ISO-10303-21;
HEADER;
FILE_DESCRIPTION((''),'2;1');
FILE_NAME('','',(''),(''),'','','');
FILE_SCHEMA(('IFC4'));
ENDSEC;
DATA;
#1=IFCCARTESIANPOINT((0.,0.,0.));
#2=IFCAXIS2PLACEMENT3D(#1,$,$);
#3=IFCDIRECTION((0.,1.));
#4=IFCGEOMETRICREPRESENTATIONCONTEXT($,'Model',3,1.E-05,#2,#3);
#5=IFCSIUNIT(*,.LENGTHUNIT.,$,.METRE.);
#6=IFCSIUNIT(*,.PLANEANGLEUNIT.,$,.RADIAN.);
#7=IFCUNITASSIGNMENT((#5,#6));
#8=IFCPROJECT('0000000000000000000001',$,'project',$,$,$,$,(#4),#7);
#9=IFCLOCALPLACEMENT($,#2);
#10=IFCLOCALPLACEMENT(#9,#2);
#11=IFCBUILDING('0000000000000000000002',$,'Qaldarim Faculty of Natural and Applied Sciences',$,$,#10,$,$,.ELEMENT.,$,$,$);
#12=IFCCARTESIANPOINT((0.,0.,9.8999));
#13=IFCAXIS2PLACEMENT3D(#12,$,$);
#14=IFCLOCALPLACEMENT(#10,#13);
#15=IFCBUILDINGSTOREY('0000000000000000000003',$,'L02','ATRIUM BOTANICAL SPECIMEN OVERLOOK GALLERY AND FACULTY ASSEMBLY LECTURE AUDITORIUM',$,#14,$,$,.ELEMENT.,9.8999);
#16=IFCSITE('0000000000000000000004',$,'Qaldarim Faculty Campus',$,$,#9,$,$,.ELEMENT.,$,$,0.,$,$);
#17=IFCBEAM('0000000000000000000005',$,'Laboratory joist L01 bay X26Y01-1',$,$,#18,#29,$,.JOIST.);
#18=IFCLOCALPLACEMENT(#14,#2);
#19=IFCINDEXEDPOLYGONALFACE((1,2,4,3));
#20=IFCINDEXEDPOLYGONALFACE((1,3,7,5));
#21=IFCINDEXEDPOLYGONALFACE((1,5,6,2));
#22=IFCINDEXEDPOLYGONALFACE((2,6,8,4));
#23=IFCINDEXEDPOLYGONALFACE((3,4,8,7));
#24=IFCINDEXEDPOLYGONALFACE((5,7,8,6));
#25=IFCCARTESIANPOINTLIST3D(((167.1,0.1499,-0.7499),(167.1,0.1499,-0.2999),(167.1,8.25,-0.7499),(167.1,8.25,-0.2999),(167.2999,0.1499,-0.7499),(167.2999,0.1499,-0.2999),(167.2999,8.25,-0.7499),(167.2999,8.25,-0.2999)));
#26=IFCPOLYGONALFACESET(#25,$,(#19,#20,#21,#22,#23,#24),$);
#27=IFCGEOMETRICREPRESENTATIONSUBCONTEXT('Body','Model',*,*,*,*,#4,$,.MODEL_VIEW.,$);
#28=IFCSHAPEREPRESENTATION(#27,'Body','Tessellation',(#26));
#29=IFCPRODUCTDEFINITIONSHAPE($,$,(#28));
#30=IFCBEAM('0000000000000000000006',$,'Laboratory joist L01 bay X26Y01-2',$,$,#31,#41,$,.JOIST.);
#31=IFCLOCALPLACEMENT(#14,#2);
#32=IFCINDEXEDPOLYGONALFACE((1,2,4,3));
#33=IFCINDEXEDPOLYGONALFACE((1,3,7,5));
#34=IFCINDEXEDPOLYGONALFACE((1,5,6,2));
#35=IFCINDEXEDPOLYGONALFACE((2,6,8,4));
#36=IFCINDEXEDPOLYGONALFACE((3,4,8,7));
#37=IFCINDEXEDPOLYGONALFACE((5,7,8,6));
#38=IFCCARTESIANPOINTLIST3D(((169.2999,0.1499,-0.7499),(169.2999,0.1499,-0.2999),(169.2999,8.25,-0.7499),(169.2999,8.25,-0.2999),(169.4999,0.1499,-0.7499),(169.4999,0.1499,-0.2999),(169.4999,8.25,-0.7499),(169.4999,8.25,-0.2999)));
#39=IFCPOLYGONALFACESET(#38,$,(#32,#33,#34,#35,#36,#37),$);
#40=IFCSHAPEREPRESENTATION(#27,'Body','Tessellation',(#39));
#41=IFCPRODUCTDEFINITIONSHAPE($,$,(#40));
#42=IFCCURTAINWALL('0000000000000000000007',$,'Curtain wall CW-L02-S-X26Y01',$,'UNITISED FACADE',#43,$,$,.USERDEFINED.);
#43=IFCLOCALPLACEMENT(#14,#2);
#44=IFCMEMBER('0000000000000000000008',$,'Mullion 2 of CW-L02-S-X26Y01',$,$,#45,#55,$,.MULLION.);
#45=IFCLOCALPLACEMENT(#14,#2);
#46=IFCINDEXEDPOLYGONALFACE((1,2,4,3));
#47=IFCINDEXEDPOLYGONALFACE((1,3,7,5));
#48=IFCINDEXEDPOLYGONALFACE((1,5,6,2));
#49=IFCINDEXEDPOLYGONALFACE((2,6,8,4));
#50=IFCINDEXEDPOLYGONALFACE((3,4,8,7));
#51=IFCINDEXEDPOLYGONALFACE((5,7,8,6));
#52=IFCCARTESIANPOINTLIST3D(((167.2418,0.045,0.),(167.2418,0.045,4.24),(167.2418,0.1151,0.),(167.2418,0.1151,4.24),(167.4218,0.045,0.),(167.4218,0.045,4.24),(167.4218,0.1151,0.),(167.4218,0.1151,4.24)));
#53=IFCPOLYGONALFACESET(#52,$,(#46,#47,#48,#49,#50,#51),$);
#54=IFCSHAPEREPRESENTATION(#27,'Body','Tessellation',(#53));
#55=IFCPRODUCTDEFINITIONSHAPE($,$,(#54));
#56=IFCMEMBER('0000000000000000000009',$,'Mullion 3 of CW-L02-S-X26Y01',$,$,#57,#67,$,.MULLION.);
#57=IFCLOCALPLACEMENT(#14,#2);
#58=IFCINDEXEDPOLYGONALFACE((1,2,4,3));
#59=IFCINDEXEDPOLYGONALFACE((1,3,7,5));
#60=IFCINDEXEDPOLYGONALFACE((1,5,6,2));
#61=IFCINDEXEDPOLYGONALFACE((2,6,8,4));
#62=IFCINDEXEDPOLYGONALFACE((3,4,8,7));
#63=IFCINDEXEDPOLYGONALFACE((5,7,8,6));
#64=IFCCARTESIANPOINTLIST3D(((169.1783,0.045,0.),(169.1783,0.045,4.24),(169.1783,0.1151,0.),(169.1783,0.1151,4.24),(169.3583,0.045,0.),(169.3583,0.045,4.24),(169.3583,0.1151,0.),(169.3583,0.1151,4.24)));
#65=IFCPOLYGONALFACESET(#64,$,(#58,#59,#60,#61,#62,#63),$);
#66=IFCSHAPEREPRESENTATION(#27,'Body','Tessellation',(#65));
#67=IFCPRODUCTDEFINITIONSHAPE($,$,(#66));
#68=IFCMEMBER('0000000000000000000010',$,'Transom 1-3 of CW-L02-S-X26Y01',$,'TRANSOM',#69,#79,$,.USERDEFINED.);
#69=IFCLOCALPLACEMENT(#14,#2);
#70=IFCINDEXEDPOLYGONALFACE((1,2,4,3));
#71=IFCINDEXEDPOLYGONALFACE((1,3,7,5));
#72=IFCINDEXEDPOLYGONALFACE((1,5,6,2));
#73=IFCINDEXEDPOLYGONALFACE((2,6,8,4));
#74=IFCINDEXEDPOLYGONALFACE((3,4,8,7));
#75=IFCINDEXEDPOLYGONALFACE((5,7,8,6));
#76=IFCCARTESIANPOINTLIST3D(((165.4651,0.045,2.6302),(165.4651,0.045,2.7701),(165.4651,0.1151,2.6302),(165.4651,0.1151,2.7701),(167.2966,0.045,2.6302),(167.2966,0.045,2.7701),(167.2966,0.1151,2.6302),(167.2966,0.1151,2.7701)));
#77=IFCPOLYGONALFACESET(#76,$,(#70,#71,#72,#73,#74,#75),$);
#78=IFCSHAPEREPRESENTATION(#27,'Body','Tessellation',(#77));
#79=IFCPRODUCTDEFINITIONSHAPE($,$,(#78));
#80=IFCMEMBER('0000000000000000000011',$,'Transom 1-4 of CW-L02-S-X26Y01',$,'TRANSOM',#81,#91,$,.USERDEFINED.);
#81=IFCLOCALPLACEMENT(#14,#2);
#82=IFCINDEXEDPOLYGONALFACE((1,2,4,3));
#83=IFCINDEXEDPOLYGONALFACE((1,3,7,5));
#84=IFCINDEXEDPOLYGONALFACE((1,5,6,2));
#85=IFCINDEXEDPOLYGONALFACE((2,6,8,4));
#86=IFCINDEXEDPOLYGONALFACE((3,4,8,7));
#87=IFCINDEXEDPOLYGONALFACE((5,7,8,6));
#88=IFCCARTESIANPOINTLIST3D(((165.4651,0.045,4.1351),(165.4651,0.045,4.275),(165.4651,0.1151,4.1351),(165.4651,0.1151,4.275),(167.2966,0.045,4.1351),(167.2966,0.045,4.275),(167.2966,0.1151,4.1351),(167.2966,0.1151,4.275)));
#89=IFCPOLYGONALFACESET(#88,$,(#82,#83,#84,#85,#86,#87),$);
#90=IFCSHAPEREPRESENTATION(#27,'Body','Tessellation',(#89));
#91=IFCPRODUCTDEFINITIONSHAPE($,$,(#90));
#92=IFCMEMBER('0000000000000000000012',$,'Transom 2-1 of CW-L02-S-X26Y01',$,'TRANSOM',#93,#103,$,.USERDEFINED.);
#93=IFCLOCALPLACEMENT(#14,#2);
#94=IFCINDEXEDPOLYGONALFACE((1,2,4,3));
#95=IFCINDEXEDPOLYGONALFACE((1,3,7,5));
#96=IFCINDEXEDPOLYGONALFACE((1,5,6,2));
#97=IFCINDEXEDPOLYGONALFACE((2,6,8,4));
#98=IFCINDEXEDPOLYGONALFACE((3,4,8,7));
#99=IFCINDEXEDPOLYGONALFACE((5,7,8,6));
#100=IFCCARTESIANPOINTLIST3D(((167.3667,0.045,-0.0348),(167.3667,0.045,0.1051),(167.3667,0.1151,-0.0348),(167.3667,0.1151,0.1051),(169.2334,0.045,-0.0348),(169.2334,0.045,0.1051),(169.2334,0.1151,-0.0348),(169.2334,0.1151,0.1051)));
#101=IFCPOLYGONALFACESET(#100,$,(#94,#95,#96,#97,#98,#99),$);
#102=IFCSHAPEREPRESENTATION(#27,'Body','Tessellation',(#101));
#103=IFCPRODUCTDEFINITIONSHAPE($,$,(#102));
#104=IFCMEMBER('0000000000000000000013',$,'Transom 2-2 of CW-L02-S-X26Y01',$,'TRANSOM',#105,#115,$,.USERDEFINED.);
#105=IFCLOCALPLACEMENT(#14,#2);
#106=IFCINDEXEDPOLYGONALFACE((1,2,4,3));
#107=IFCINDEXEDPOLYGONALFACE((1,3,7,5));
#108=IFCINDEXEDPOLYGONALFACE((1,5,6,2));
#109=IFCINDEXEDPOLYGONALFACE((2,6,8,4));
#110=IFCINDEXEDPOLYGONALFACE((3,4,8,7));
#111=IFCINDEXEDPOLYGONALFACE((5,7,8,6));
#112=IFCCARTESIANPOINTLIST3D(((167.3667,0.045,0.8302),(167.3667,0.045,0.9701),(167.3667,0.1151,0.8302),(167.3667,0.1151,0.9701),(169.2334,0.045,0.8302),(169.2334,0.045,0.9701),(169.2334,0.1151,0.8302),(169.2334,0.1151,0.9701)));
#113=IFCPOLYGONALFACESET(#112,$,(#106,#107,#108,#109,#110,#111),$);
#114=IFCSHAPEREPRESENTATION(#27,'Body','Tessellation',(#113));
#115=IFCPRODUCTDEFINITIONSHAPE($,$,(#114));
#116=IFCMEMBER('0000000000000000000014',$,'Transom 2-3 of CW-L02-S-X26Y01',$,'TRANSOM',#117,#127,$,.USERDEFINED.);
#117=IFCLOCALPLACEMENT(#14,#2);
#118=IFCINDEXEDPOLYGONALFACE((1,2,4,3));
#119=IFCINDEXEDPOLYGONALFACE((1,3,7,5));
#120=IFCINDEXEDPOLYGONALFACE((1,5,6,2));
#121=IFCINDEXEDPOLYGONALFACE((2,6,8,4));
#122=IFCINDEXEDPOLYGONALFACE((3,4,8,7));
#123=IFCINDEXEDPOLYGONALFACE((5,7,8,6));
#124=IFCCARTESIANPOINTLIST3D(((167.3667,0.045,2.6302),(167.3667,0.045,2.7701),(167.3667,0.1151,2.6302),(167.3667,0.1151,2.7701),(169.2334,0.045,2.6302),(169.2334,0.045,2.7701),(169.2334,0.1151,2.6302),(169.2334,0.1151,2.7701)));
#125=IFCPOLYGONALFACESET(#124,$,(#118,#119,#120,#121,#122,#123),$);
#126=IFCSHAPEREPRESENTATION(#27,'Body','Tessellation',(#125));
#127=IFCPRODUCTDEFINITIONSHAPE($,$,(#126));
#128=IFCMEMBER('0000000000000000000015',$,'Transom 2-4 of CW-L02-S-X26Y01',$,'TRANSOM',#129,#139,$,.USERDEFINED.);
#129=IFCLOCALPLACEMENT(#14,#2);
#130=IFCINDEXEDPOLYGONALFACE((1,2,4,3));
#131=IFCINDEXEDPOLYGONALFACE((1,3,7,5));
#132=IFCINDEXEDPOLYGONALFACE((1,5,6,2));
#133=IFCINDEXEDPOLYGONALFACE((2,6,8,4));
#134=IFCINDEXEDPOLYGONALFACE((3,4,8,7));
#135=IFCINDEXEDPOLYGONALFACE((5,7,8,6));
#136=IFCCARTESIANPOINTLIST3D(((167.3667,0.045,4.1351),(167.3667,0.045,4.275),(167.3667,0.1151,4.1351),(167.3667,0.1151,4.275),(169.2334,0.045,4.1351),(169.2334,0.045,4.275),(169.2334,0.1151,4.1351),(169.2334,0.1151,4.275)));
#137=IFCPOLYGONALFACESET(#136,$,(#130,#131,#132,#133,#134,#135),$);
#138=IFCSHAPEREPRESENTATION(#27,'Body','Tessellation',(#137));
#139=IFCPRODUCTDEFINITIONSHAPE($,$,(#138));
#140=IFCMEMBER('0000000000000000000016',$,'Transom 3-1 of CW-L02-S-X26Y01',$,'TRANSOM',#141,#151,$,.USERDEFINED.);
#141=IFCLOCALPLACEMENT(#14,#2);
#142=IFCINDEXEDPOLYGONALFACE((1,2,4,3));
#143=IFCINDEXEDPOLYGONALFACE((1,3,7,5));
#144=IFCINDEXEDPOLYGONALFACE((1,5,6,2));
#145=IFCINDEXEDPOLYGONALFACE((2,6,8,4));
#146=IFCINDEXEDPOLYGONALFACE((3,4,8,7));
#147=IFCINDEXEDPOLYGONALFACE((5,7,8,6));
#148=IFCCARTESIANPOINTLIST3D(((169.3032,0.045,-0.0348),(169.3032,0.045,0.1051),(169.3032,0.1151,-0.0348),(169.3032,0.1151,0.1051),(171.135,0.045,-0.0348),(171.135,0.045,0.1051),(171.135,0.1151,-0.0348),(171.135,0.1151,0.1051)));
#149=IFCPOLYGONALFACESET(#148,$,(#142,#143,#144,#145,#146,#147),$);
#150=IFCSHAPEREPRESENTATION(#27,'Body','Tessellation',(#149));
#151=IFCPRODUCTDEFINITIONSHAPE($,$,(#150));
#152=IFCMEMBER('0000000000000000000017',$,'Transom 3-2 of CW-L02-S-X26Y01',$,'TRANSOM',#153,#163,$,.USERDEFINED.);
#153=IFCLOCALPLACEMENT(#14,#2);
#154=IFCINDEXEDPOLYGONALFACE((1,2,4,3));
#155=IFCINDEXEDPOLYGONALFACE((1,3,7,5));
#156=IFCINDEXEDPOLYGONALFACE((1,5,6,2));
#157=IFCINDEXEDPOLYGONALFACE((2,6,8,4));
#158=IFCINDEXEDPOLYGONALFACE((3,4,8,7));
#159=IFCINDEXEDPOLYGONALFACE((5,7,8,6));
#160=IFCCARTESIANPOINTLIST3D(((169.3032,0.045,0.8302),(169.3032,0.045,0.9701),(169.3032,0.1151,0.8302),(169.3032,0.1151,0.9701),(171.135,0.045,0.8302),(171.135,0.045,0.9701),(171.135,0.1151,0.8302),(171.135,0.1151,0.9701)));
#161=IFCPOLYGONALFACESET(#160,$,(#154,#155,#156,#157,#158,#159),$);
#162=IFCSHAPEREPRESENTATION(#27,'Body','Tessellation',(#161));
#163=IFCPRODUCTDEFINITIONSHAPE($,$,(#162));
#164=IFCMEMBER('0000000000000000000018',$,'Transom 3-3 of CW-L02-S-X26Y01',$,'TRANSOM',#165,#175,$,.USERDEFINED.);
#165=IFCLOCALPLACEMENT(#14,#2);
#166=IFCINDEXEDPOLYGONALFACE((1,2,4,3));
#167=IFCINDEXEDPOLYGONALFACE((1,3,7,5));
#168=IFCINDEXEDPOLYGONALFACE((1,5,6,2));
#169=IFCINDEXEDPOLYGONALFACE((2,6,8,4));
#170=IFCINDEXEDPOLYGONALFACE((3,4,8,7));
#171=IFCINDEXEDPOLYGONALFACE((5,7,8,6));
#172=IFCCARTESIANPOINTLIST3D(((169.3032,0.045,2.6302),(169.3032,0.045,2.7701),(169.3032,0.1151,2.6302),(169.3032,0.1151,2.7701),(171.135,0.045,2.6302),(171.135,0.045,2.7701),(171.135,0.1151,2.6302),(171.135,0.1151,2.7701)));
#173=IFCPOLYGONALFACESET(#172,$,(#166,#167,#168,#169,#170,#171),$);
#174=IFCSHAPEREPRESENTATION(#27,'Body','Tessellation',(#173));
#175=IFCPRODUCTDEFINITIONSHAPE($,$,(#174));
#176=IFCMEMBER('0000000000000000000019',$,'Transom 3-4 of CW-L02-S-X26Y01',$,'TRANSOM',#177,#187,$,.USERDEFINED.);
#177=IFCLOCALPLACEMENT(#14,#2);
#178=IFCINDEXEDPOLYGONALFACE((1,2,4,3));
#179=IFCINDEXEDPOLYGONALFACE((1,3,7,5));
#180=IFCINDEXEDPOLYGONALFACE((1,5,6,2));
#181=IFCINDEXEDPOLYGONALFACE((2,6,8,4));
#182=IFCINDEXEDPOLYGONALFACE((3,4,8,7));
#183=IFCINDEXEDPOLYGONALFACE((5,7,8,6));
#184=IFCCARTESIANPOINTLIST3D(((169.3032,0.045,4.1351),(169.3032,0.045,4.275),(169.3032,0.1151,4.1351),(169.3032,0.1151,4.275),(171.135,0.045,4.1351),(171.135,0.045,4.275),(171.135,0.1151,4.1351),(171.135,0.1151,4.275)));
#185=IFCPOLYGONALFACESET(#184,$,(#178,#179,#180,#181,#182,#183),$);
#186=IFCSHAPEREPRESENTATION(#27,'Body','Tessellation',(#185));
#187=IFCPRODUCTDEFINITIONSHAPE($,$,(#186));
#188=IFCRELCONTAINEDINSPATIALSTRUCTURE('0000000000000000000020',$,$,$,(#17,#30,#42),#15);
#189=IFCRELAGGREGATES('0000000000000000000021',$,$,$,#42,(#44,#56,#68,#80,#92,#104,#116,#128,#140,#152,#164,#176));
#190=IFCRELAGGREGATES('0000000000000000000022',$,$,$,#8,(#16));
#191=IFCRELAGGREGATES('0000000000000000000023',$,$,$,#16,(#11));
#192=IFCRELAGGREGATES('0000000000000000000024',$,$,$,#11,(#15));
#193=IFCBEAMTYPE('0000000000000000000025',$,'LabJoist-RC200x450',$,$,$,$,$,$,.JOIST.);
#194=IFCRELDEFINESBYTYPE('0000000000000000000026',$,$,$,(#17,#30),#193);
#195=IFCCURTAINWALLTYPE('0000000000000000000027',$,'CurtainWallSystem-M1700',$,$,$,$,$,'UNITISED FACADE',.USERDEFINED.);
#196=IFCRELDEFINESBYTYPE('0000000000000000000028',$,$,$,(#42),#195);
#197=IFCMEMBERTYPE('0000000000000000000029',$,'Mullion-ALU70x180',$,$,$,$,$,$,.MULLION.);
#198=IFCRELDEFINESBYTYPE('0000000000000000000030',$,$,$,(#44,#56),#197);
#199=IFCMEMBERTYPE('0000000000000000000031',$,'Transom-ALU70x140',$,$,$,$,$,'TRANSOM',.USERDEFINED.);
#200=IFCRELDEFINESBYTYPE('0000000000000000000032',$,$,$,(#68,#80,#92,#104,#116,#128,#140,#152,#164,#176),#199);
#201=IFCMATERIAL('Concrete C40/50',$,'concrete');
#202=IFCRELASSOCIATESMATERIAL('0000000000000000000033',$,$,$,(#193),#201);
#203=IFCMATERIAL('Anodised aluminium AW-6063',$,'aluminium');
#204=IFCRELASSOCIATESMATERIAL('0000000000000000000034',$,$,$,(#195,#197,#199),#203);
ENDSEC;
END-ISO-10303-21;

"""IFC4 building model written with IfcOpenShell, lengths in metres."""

from ifc_helpers import new_model, si_unit, direction, frame, origin, origin_2d, place, context, subcontext, project, spatial, rectangle, extrude, material, material_profile, profile_set, type_object, element, aggregate, save


model = new_model("IFC4")

# Units and contexts
model_context = context("Model", 3, precision=1e-05, world=origin(), true_north=direction((0.0, 1.0)))
body_context = subcontext(model_context, "Body", "Model", "MODEL_VIEW")
ifc_project = project(units=[si_unit("LENGTHUNIT", "METRE"), si_unit("PLANEANGLEUNIT", "RADIAN")], contexts=[model_context])

# Site, building, storey
site_placement = place(None, origin())
site = spatial("IfcSite", under=ifc_project, at=site_placement, Name="Qaldarim Faculty Campus", CompositionType="ELEMENT", RefElevation=0.0)
building_placement = place(site_placement, origin())
building = spatial("IfcBuilding", under=site, at=building_placement, Name="Qaldarim Faculty of Natural and Applied Sciences", CompositionType="ELEMENT")
storey_placement = place(building_placement, frame((0.0, 0.0, 9.8999)))
storey = spatial("IfcBuildingStorey", under=building, at=storey_placement, Name="L02", Description="ATRIUM BOTANICAL SPECIMEN OVERLOOK GALLERY AND FACULTY ASSEMBLY LECTURE AUDITORIUM", CompositionType="ELEMENT", Elevation=9.8999)

# Beams
ifc_material_1 = material(Name="Concrete C40/50", Category="concrete")
ifc_material_profile_1 = material_profile(ifc_material_1, rectangle(XDim=0.2, YDim=0.45, at=origin_2d()), Name="RC-J200x450")
ifc_profile_set_1 = profile_set([ifc_material_profile_1], Name="Concrete C40/50")
beam_type = type_object("IfcBeamType", Name="LabJoist-RC200x450", PredefinedType="JOIST", material=ifc_profile_set_1)
for number, where, z_axis, x_axis, name in (
    (1, (167.2, 0.1499, -0.5249), (0.0, 1.0, 0.0), (-1.0, 0.0, 0.0), "Laboratory joist L01 bay X26Y01-1"),
    (2, (169.3999, 0.1499, -0.5249), (0.0, 1.0, 0.0), (-1.0, 0.0, 0.0), "Laboratory joist L01 bay X26Y01-2"),
):
    element("IfcBeam", number, at=place(storey_placement, frame(where, z_axis=z_axis, x_axis=x_axis)), inside=storey, type_object=beam_type, Name=name, PredefinedType="JOIST", context=body_context, shape_type="SweptSolid", body=[
        extrude(rectangle(XDim=0.2, YDim=0.45, at=origin_2d()), origin(), (0.0, 0.0, 1.0), 8.1001),
    ])

# Curtain wall, members
ifc_material_2 = material(Name="Anodised aluminium AW-6063", Category="aluminium")
curtain_wall_type = type_object("IfcCurtainWallType", Name="CurtainWallSystem-M1700", ElementType="UNITISED FACADE", PredefinedType="USERDEFINED", material=ifc_material_2)
curtain_wall_placement = place(storey_placement, origin())
curtain_wall = element("IfcCurtainWall", 3, at=curtain_wall_placement, inside=storey, type_object=curtain_wall_type, Name="Curtain wall CW-L02-S-X26Y01", ObjectType="UNITISED FACADE", PredefinedType="USERDEFINED")
ifc_material_profile_2 = material_profile(ifc_material_2, rectangle(XDim=0.0701, YDim=0.1799, at=origin_2d()), Name="ALU-M70x180")
ifc_profile_set_2 = profile_set([ifc_material_profile_2], Name="Anodised aluminium AW-6063")
member_type_1 = type_object("IfcMemberType", Name="Mullion-ALU70x180", PredefinedType="MULLION", material=ifc_profile_set_2)
member_1_placement = place(storey_placement, frame((167.3318, 0.0801, 0.0), z_axis=(0.0, 0.0, 1.0), x_axis=(0.0, 1.0, 0.0)))
member_1 = element("IfcMember", 4, at=member_1_placement, type_object=member_type_1, Name="Mullion 2 of CW-L02-S-X26Y01", PredefinedType="MULLION", context=body_context, shape_type="SweptSolid", body=[
    extrude(rectangle(XDim=0.0701, YDim=0.1799, at=origin_2d()), origin(), (0.0, 0.0, 1.0), 4.24),
])
member_2_placement = place(storey_placement, frame((169.2683, 0.0801, 0.0), z_axis=(0.0, 0.0, 1.0), x_axis=(0.0, 1.0, 0.0)))
member_2 = element("IfcMember", 5, at=member_2_placement, type_object=member_type_1, Name="Mullion 3 of CW-L02-S-X26Y01", PredefinedType="MULLION", context=body_context, shape_type="SweptSolid", body=[
    extrude(rectangle(XDim=0.0701, YDim=0.1799, at=origin_2d()), origin(), (0.0, 0.0, 1.0), 4.24),
])
ifc_material_profile_3 = material_profile(ifc_material_2, rectangle(XDim=0.0701, YDim=0.1399, at=origin_2d()), Name="ALU-T70x140")
ifc_profile_set_3 = profile_set([ifc_material_profile_3], Name="Anodised aluminium AW-6063")
member_type_2 = type_object("IfcMemberType", Name="Transom-ALU70x140", ElementType="TRANSOM", PredefinedType="USERDEFINED", material=ifc_profile_set_3)
member_3_placement = place(storey_placement, frame((165.4651, 0.0801, 2.7002), z_axis=(1.0, 0.0, 0.0), x_axis=(0.0, 1.0, 0.0)))
member_3 = element("IfcMember", 6, at=member_3_placement, type_object=member_type_2, Name="Transom 1-3 of CW-L02-S-X26Y01", ObjectType="TRANSOM", PredefinedType="USERDEFINED", context=body_context, shape_type="SweptSolid", body=[
    extrude(rectangle(XDim=0.0701, YDim=0.1399, at=origin_2d()), origin(), (0.0, 0.0, 1.0), 1.8315),
])
member_4_placement = place(storey_placement, frame((165.4651, 0.0801, 4.2051), z_axis=(1.0, 0.0, 0.0), x_axis=(0.0, 1.0, 0.0)))
member_4 = element("IfcMember", 7, at=member_4_placement, type_object=member_type_2, Name="Transom 1-4 of CW-L02-S-X26Y01", ObjectType="TRANSOM", PredefinedType="USERDEFINED", context=body_context, shape_type="SweptSolid", body=[
    extrude(rectangle(XDim=0.0701, YDim=0.1399, at=origin_2d()), origin(), (0.0, 0.0, 1.0), 1.8315),
])
member_5_placement = place(storey_placement, frame((167.3667, 0.0801, 0.0352), z_axis=(1.0, 0.0, 0.0), x_axis=(0.0, 1.0, 0.0)))
member_5 = element("IfcMember", 8, at=member_5_placement, type_object=member_type_2, Name="Transom 2-1 of CW-L02-S-X26Y01", ObjectType="TRANSOM", PredefinedType="USERDEFINED", context=body_context, shape_type="SweptSolid", body=[
    extrude(rectangle(XDim=0.0701, YDim=0.1399, at=origin_2d()), origin(), (0.0, 0.0, 1.0), 1.8667),
])
member_6_placement = place(storey_placement, frame((167.3667, 0.0801, 0.9001), z_axis=(1.0, 0.0, 0.0), x_axis=(0.0, 1.0, 0.0)))
member_6 = element("IfcMember", 9, at=member_6_placement, type_object=member_type_2, Name="Transom 2-2 of CW-L02-S-X26Y01", ObjectType="TRANSOM", PredefinedType="USERDEFINED", context=body_context, shape_type="SweptSolid", body=[
    extrude(rectangle(XDim=0.0701, YDim=0.1399, at=origin_2d()), origin(), (0.0, 0.0, 1.0), 1.8667),
])
member_7_placement = place(storey_placement, frame((167.3667, 0.0801, 2.7002), z_axis=(1.0, 0.0, 0.0), x_axis=(0.0, 1.0, 0.0)))
member_7 = element("IfcMember", 10, at=member_7_placement, type_object=member_type_2, Name="Transom 2-3 of CW-L02-S-X26Y01", ObjectType="TRANSOM", PredefinedType="USERDEFINED", context=body_context, shape_type="SweptSolid", body=[
    extrude(rectangle(XDim=0.0701, YDim=0.1399, at=origin_2d()), origin(), (0.0, 0.0, 1.0), 1.8667),
])
member_8_placement = place(storey_placement, frame((167.3667, 0.0801, 4.2051), z_axis=(1.0, 0.0, 0.0), x_axis=(0.0, 1.0, 0.0)))
member_8 = element("IfcMember", 11, at=member_8_placement, type_object=member_type_2, Name="Transom 2-4 of CW-L02-S-X26Y01", ObjectType="TRANSOM", PredefinedType="USERDEFINED", context=body_context, shape_type="SweptSolid", body=[
    extrude(rectangle(XDim=0.0701, YDim=0.1399, at=origin_2d()), origin(), (0.0, 0.0, 1.0), 1.8667),
])
member_9_placement = place(storey_placement, frame((169.3032, 0.0801, 0.0352), z_axis=(1.0, 0.0, 0.0), x_axis=(0.0, 1.0, 0.0)))
member_9 = element("IfcMember", 12, at=member_9_placement, type_object=member_type_2, Name="Transom 3-1 of CW-L02-S-X26Y01", ObjectType="TRANSOM", PredefinedType="USERDEFINED", context=body_context, shape_type="SweptSolid", body=[
    extrude(rectangle(XDim=0.0701, YDim=0.1399, at=origin_2d()), origin(), (0.0, 0.0, 1.0), 1.8318),
])
member_10_placement = place(storey_placement, frame((169.3032, 0.0801, 0.9001), z_axis=(1.0, 0.0, 0.0), x_axis=(0.0, 1.0, 0.0)))
member_10 = element("IfcMember", 13, at=member_10_placement, type_object=member_type_2, Name="Transom 3-2 of CW-L02-S-X26Y01", ObjectType="TRANSOM", PredefinedType="USERDEFINED", context=body_context, shape_type="SweptSolid", body=[
    extrude(rectangle(XDim=0.0701, YDim=0.1399, at=origin_2d()), origin(), (0.0, 0.0, 1.0), 1.8318),
])
member_11_placement = place(storey_placement, frame((169.3032, 0.0801, 2.7002), z_axis=(1.0, 0.0, 0.0), x_axis=(0.0, 1.0, 0.0)))
member_11 = element("IfcMember", 14, at=member_11_placement, type_object=member_type_2, Name="Transom 3-3 of CW-L02-S-X26Y01", ObjectType="TRANSOM", PredefinedType="USERDEFINED", context=body_context, shape_type="SweptSolid", body=[
    extrude(rectangle(XDim=0.0701, YDim=0.1399, at=origin_2d()), origin(), (0.0, 0.0, 1.0), 1.8318),
])
member_12_placement = place(storey_placement, frame((169.3032, 0.0801, 4.2051), z_axis=(1.0, 0.0, 0.0), x_axis=(0.0, 1.0, 0.0)))
member_12 = element("IfcMember", 15, at=member_12_placement, type_object=member_type_2, Name="Transom 3-4 of CW-L02-S-X26Y01", ObjectType="TRANSOM", PredefinedType="USERDEFINED", context=body_context, shape_type="SweptSolid", body=[
    extrude(rectangle(XDim=0.0701, YDim=0.1399, at=origin_2d()), origin(), (0.0, 0.0, 1.0), 1.8318),
])
aggregate(curtain_wall, [member_1, member_2, member_3, member_4, member_5, member_6, member_7, member_8, member_9, member_10, member_11, member_12])

save(model, "model.ifc")
